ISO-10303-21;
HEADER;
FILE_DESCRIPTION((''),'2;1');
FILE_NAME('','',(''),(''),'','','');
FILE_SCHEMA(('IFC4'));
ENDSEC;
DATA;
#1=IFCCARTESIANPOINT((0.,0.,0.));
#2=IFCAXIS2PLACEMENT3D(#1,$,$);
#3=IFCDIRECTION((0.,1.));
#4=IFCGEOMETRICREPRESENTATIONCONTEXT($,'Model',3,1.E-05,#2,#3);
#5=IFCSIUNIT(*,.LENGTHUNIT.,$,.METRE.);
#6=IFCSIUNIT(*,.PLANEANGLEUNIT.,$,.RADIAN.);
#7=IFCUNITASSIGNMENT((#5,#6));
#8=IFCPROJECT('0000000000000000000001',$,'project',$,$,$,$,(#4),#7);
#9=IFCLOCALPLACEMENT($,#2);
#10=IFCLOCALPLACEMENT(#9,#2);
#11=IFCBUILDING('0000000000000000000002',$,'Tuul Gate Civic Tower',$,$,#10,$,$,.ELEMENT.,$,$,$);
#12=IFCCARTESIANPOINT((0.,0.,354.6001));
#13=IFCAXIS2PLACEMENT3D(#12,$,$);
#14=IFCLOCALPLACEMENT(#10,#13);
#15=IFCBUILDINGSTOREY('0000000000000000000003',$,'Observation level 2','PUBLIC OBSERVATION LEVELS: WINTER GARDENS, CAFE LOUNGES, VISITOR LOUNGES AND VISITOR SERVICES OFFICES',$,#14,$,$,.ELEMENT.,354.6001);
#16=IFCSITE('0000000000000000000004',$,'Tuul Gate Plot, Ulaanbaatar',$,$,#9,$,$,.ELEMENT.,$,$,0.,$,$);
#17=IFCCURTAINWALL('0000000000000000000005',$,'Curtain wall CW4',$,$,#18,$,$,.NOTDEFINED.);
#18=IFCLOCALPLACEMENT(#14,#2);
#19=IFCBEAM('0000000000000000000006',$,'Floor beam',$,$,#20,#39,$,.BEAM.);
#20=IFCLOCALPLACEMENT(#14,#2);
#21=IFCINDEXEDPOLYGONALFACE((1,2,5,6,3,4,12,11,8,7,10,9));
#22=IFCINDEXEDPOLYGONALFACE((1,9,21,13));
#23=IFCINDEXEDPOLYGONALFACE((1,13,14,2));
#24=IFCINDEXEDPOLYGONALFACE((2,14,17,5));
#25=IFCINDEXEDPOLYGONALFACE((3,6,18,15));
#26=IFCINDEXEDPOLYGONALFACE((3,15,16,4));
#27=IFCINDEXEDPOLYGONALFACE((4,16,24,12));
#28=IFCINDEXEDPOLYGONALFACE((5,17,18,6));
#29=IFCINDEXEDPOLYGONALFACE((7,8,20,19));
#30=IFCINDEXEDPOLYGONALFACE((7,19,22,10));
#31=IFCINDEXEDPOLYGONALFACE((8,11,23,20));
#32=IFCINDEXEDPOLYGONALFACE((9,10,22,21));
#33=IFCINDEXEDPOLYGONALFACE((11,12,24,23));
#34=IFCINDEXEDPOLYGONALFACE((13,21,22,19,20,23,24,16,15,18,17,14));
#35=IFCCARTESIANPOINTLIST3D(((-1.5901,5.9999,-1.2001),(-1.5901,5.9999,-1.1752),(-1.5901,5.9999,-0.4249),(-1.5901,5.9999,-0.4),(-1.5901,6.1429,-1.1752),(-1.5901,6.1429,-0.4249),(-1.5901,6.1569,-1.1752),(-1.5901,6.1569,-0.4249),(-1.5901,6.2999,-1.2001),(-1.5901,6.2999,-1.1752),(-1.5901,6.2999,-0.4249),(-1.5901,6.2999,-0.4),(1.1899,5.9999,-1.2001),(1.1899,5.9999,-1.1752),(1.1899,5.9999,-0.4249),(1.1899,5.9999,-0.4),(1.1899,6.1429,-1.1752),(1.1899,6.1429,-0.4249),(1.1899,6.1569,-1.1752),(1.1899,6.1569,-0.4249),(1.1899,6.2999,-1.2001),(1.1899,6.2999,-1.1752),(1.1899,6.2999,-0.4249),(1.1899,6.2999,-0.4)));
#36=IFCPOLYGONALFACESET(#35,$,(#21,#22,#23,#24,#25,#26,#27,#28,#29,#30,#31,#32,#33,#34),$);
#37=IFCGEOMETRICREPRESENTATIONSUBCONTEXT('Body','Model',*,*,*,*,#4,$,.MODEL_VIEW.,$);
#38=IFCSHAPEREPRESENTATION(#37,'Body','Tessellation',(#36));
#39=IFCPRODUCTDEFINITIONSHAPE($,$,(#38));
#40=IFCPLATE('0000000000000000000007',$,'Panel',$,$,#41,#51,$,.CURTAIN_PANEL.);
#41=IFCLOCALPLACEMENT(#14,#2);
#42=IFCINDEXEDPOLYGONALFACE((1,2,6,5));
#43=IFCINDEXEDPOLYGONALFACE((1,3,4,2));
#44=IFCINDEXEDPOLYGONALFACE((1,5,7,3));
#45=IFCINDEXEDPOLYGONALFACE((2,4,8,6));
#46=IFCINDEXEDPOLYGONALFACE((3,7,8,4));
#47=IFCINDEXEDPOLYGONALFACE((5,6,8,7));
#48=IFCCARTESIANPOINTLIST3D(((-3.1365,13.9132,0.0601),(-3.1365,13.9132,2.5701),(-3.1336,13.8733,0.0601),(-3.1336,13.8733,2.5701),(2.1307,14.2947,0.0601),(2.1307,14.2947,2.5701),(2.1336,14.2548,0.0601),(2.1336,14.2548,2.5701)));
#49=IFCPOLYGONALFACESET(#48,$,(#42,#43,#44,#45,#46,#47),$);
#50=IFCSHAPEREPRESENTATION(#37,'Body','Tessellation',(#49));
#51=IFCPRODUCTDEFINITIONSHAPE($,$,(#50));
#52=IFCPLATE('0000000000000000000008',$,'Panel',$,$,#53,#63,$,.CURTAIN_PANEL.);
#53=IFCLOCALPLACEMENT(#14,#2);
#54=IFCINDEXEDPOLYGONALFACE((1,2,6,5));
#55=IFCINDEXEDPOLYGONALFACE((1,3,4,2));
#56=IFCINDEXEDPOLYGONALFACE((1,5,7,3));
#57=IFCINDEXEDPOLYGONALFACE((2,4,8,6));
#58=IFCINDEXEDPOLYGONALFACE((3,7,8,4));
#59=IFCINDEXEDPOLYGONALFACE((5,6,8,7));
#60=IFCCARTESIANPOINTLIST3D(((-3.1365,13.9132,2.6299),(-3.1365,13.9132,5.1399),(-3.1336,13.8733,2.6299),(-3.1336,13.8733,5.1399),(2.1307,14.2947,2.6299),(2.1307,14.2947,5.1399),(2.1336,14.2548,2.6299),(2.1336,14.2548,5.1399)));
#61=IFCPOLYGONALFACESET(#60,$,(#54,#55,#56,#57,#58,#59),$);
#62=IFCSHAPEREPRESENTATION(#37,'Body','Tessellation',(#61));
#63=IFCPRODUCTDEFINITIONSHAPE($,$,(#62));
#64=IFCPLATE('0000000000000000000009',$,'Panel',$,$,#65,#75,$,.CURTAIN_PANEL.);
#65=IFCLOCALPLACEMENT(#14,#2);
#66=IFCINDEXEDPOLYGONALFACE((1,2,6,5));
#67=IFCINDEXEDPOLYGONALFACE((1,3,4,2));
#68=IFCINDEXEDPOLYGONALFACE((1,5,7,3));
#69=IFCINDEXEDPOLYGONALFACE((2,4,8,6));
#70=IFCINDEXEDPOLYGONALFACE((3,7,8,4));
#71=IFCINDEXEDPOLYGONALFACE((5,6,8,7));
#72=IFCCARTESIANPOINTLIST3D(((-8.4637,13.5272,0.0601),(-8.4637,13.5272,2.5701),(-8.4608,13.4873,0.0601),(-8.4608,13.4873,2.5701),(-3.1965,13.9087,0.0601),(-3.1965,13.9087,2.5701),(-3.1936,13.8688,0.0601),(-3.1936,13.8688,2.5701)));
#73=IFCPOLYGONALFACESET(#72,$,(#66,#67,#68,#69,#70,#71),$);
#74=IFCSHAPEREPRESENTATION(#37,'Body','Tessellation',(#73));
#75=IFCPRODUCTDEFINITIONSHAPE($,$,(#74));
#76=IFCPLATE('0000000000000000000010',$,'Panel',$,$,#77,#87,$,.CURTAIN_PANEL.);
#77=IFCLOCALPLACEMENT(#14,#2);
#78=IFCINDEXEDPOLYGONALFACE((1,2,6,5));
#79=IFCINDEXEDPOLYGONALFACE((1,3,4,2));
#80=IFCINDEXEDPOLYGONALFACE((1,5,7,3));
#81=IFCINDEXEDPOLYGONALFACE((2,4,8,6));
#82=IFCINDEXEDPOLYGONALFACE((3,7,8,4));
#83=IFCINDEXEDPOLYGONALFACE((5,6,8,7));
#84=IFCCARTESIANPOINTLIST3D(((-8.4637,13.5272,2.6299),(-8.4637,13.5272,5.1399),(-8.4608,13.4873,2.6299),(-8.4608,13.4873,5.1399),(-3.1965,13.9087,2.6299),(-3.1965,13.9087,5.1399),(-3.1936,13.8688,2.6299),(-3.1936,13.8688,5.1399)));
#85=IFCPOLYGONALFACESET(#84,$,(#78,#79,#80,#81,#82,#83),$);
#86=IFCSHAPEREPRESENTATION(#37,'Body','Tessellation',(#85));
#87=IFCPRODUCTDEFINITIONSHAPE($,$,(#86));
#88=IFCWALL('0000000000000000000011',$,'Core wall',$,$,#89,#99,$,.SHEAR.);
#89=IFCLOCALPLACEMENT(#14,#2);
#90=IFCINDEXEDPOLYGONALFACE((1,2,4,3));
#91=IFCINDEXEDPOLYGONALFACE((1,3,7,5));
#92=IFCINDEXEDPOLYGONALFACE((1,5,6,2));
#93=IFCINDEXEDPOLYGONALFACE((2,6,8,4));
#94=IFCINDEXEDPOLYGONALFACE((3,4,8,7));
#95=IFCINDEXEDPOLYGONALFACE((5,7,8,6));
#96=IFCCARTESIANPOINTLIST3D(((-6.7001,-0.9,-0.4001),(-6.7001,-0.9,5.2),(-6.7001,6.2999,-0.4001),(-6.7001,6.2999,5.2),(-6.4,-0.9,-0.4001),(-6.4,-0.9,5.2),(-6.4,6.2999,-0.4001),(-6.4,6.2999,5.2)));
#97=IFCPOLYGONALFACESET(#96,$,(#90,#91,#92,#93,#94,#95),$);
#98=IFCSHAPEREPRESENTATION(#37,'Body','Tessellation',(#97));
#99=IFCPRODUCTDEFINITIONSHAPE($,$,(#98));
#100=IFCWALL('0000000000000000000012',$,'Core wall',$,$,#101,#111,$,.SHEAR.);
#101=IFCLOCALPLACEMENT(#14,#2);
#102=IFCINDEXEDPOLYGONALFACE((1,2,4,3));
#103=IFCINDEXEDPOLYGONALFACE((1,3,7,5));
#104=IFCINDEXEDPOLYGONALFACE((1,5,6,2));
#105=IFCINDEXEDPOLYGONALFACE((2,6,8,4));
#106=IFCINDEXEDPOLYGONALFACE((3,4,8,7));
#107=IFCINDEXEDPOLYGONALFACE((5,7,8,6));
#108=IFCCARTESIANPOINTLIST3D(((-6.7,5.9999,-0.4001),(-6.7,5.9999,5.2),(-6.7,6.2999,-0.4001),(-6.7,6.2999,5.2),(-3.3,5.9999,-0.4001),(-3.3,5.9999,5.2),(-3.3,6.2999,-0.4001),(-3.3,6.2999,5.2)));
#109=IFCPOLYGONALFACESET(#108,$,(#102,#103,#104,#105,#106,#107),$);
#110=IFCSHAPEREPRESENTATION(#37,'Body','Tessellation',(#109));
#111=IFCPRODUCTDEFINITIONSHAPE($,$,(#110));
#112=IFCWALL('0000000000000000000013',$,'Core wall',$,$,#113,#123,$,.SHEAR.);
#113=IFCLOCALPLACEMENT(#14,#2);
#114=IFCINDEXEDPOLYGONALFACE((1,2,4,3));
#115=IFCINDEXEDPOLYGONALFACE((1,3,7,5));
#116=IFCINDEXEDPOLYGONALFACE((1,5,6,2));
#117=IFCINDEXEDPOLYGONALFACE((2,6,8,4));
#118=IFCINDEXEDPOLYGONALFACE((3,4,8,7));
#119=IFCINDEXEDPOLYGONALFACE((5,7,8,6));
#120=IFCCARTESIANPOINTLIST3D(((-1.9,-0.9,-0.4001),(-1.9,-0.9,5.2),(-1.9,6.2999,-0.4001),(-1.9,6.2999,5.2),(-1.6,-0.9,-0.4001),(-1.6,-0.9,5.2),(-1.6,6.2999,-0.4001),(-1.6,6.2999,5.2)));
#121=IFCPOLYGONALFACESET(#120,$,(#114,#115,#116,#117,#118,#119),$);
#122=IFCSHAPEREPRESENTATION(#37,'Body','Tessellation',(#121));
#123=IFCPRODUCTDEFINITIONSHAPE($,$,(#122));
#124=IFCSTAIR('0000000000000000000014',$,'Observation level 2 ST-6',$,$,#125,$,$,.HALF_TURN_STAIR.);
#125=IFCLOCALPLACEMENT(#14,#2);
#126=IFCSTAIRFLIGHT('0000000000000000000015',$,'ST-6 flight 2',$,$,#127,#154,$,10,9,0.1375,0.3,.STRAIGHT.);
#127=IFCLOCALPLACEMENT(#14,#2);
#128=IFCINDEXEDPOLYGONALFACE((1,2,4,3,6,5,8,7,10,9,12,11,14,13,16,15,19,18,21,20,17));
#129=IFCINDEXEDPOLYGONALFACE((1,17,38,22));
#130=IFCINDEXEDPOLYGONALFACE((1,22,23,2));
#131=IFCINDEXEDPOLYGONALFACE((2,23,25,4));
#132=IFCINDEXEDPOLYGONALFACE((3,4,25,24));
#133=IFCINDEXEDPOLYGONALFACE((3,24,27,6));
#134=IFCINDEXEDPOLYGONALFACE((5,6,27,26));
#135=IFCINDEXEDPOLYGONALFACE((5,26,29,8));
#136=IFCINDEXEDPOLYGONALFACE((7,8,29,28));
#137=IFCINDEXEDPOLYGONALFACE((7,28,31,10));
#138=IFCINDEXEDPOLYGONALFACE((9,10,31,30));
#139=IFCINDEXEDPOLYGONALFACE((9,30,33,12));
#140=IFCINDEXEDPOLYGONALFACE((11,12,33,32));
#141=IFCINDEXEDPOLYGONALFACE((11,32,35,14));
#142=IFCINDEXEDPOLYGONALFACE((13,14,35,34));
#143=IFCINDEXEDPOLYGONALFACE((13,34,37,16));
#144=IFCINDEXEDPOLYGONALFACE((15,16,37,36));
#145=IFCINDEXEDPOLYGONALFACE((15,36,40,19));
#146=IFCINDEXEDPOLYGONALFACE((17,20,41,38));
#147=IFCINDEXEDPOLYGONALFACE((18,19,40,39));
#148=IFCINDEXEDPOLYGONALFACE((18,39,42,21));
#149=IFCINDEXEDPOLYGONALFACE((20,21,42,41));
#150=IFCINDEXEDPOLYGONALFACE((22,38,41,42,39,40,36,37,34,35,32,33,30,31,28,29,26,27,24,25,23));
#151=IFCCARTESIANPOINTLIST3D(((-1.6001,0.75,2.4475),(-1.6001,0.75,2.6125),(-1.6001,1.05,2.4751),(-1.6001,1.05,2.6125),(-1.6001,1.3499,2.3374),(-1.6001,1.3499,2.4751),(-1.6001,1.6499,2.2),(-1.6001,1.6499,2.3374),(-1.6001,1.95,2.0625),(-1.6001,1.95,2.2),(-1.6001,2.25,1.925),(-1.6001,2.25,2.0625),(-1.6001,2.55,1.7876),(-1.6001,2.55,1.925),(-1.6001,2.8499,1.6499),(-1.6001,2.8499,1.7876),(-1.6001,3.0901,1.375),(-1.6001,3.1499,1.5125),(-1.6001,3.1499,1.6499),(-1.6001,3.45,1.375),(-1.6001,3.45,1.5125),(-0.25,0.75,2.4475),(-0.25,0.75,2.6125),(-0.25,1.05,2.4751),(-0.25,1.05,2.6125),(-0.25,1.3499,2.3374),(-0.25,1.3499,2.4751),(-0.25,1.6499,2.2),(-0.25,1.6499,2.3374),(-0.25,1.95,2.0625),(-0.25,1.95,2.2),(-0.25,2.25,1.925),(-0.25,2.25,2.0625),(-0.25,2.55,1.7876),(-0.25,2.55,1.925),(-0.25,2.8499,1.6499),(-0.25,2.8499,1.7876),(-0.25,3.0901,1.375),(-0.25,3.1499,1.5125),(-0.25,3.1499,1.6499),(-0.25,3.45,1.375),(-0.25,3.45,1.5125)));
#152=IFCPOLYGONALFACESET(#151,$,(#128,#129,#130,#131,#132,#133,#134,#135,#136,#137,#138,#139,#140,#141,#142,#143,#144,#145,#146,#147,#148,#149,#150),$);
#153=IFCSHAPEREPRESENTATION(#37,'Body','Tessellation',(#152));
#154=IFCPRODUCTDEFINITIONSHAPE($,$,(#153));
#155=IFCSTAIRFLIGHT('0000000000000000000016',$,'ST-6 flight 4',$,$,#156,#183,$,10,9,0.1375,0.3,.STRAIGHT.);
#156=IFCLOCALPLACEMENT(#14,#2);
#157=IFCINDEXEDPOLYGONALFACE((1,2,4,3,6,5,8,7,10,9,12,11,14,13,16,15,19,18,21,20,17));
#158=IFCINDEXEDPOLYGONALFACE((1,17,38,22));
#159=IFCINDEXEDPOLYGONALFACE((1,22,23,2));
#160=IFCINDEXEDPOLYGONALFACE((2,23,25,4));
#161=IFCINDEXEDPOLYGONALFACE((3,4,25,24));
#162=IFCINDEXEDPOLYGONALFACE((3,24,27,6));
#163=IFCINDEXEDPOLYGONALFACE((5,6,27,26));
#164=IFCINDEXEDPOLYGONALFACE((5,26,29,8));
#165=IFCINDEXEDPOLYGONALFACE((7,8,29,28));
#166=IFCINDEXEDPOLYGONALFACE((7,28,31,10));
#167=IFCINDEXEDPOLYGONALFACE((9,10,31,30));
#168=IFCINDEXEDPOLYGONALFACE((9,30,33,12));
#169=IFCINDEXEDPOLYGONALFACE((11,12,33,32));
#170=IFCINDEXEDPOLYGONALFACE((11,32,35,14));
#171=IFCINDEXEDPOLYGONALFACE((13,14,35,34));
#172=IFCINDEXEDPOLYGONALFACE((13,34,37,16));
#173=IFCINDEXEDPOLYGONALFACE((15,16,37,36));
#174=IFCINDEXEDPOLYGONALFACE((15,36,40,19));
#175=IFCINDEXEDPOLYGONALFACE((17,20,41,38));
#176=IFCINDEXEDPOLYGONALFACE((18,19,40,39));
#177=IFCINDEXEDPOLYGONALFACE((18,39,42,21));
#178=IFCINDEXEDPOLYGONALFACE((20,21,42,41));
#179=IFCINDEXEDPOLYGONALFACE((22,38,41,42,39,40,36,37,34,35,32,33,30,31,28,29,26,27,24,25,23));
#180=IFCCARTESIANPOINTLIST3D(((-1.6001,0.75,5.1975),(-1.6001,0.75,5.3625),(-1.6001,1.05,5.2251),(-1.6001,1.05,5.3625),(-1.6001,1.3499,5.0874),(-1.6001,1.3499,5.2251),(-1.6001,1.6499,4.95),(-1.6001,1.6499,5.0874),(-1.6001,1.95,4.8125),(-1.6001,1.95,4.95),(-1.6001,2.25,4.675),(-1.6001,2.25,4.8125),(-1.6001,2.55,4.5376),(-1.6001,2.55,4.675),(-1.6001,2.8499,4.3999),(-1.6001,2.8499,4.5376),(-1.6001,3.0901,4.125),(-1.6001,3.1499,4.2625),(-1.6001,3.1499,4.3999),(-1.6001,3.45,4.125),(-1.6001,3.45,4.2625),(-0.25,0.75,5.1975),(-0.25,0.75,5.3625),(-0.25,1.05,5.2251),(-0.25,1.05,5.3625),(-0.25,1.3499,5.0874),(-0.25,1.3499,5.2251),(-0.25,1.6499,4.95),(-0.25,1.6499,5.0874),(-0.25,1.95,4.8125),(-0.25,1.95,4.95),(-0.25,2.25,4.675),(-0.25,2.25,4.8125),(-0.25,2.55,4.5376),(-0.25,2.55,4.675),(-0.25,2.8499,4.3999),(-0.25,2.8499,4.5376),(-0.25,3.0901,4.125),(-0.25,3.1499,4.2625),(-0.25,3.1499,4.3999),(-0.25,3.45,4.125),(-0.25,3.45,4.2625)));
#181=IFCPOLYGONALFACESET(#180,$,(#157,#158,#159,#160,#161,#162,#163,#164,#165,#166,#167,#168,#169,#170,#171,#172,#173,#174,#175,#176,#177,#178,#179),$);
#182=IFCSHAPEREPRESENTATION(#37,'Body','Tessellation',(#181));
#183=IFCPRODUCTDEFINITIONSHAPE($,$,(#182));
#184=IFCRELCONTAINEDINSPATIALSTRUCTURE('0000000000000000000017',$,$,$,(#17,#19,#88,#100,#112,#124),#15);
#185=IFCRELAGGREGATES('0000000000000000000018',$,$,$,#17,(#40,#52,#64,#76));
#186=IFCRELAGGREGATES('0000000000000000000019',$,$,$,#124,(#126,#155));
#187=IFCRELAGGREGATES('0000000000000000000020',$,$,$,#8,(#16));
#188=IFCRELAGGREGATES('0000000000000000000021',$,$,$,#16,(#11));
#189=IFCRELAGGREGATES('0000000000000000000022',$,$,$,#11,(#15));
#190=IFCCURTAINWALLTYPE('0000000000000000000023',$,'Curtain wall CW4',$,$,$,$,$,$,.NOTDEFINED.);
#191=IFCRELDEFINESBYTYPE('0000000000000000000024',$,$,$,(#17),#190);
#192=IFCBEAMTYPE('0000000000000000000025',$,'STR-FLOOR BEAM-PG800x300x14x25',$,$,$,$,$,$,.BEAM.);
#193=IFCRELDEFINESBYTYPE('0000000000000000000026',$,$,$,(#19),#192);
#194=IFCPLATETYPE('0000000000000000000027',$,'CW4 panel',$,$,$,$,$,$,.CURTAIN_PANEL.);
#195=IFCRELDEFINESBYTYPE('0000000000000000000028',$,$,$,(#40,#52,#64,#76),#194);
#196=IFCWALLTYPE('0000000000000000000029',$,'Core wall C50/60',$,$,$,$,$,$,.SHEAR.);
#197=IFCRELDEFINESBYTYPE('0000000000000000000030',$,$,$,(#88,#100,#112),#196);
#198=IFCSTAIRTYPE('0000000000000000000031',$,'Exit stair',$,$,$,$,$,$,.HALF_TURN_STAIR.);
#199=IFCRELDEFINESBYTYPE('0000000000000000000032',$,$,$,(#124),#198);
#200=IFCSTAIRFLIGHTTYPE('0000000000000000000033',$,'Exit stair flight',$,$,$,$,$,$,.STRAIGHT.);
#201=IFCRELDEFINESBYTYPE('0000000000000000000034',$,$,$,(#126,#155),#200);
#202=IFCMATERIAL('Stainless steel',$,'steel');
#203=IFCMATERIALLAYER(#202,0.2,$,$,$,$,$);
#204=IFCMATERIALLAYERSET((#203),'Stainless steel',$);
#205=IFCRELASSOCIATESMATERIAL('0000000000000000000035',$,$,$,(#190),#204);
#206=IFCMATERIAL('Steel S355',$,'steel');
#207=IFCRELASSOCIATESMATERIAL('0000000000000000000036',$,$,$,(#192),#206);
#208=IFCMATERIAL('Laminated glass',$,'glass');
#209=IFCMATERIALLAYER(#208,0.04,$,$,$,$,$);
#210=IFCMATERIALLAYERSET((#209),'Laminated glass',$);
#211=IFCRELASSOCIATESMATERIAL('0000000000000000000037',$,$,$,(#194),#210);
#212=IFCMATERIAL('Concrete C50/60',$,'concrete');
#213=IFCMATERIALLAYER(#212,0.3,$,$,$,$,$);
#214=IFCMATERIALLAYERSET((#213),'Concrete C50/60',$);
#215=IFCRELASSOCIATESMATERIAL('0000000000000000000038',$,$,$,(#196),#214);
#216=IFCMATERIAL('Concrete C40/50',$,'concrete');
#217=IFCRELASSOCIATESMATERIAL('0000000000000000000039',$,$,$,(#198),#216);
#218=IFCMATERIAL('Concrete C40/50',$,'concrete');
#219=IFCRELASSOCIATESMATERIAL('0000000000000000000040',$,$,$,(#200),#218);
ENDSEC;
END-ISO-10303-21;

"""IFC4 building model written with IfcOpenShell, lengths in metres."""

from ifc_helpers import new_model, si_unit, direction, frame, frame_2d, origin, origin_2d, place, context, subcontext, project, spatial, polyline, rectangle, i_section, outline, extrude, material, layer, layer_set, material_profile, profile_set, type_object, element, aggregate, save


model = new_model("IFC4")

# Units and contexts
model_context = context("Model", 3, precision=1e-05, world=origin(), true_north=direction((0.0, 1.0)))
body_context = subcontext(model_context, "Body", "Model", "MODEL_VIEW")
ifc_project = project(units=[si_unit("LENGTHUNIT", "METRE"), si_unit("PLANEANGLEUNIT", "RADIAN")], contexts=[model_context])

# Site, building, storey
site_placement = place(None, origin())
site = spatial("IfcSite", under=ifc_project, at=site_placement, Name="Tuul Gate Plot, Ulaanbaatar", CompositionType="ELEMENT", RefElevation=0.0)
building_placement = place(site_placement, origin())
building = spatial("IfcBuilding", under=site, at=building_placement, Name="Tuul Gate Civic Tower", CompositionType="ELEMENT")
storey_placement = place(building_placement, frame((0.0, 0.0, 354.6001)))
storey = spatial("IfcBuildingStorey", under=building, at=storey_placement, Name="Observation level 2", Description="PUBLIC OBSERVATION LEVELS: WINTER GARDENS, CAFE LOUNGES, VISITOR LOUNGES AND VISITOR SERVICES OFFICES", CompositionType="ELEMENT", Elevation=354.6001)

# Curtain wall
ifc_material_1 = material(Name="Stainless steel", Category="steel")
ifc_layer_1 = layer(ifc_material_1, 0.2)
ifc_layer_set_1 = layer_set([ifc_layer_1], Name="Stainless steel")
curtain_wall_type = type_object("IfcCurtainWallType", Name="Curtain wall CW4", PredefinedType="NOTDEFINED", material=ifc_layer_set_1)
curtain_wall_placement = place(storey_placement, origin())
curtain_wall = element("IfcCurtainWall", 1, at=curtain_wall_placement, inside=storey, type_object=curtain_wall_type, Name="Curtain wall CW4", PredefinedType="NOTDEFINED")

# Beam
ifc_material_2 = material(Name="Steel S355", Category="steel")
ifc_material_profile_1 = material_profile(ifc_material_2, i_section(OverallWidth=0.3, OverallDepth=0.8, WebThickness=0.0139, FlangeThickness=0.0249, at=origin_2d()), Name="PG800x300x14x25")
ifc_profile_set_1 = profile_set([ifc_material_profile_1], Name="Steel S355")
beam_type_1 = type_object("IfcBeamType", Name="STR-FLOOR BEAM-PG800x300x14x25", PredefinedType="BEAM", material=ifc_profile_set_1)
beam_1_placement = place(storey_placement, frame((-1.5901, 6.1499, -0.8), z_axis=(1.0, 0.0, 0.0), x_axis=(0.0, 1.0, 0.0)))
element("IfcBeam", 2, at=beam_1_placement, inside=storey, type_object=beam_type_1, Name="Floor beam", PredefinedType="BEAM", context=body_context, shape_type="SweptSolid", body=[
    extrude(i_section(OverallWidth=0.3, OverallDepth=0.8, WebThickness=0.0139, FlangeThickness=0.0249, at=origin_2d()), origin(), (0.0, 0.0, 1.0), 2.78),
])

# Plates
ifc_material_3 = material(Name="Laminated glass", Category="glass")
ifc_layer_2 = layer(ifc_material_3, 0.04)
ifc_layer_set_2 = layer_set([ifc_layer_2], Name="Laminated glass")
plate_type = type_object("IfcPlateType", Name="CW4 panel", PredefinedType="CURTAIN_PANEL", material=ifc_layer_set_2)
plate_1_placement = place(storey_placement, frame((-0.5015, 14.084, 0.0601), z_axis=(0.0, 0.0, 1.0), x_axis=(-0.997387, -0.072239, 0.0)))
plate_1 = element("IfcPlate", 3, at=plate_1_placement, type_object=plate_type, Name="Panel", PredefinedType="CURTAIN_PANEL", context=body_context, shape_type="SweptSolid", body=[
    extrude(rectangle(XDim=5.281, YDim=0.04, at=origin_2d()), origin(), (0.0, 0.0, 1.0), 2.51),
])
plate_2_placement = place(storey_placement, frame((-0.5015, 14.084, 2.6299), z_axis=(0.0, 0.0, 1.0), x_axis=(-0.997387, -0.072239, 0.0)))
plate_2 = element("IfcPlate", 4, at=plate_2_placement, type_object=plate_type, Name="Panel", PredefinedType="CURTAIN_PANEL", context=body_context, shape_type="SweptSolid", body=[
    extrude(rectangle(XDim=5.281, YDim=0.04, at=origin_2d()), origin(), (0.0, 0.0, 1.0), 2.51),
])
plate_3_placement = place(storey_placement, frame((-5.8286, 13.698, 0.0601), z_axis=(0.0, 0.0, 1.0), x_axis=(-0.997387, -0.072239, 0.0)))
plate_3 = element("IfcPlate", 5, at=plate_3_placement, type_object=plate_type, Name="Panel", PredefinedType="CURTAIN_PANEL", context=body_context, shape_type="SweptSolid", body=[
    extrude(rectangle(XDim=5.281, YDim=0.04, at=origin_2d()), origin(), (0.0, 0.0, 1.0), 2.51),
])
plate_4_placement = place(storey_placement, frame((-5.8286, 13.698, 2.6299), z_axis=(0.0, 0.0, 1.0), x_axis=(-0.997387, -0.072239, 0.0)))
plate_4 = element("IfcPlate", 6, at=plate_4_placement, type_object=plate_type, Name="Panel", PredefinedType="CURTAIN_PANEL", context=body_context, shape_type="SweptSolid", body=[
    extrude(rectangle(XDim=5.281, YDim=0.04, at=origin_2d()), origin(), (0.0, 0.0, 1.0), 2.51),
])
aggregate(curtain_wall, [plate_1, plate_2, plate_3, plate_4])

# Walls
ifc_material_4 = material(Name="Concrete C50/60", Category="concrete")
ifc_layer_3 = layer(ifc_material_4, 0.3)
ifc_layer_set_3 = layer_set([ifc_layer_3], Name="Concrete C50/60")
wall_type = type_object("IfcWallType", Name="Core wall C50/60", PredefinedType="SHEAR", material=ifc_layer_set_3)
wall_1_placement = place(storey_placement, frame((-6.55, 6.3, -0.4001), z_axis=(0.0, 0.0, 1.0), x_axis=(0.0, -1.0, 0.0)))
element("IfcWall", 7, at=wall_1_placement, inside=storey, type_object=wall_type, Name="Core wall", PredefinedType="SHEAR", context=body_context, shape_type="SweptSolid", body=[
    extrude(rectangle(XDim=7.2, YDim=0.3, at=frame_2d((3.6001, 0.0))), origin(), (0.0, 0.0, 1.0), 5.6001),
])
wall_2_placement = place(storey_placement, frame((-3.3, 6.1499, -0.4001), z_axis=(0.0, 0.0, 1.0), x_axis=(-1.0, 0.0, 0.0)))
element("IfcWall", 8, at=wall_2_placement, inside=storey, type_object=wall_type, Name="Core wall", PredefinedType="SHEAR", context=body_context, shape_type="SweptSolid", body=[
    extrude(rectangle(XDim=3.3999, YDim=0.3, at=frame_2d((1.7, 0.0))), origin(), (0.0, 0.0, 1.0), 5.6001),
])
wall_3_placement = place(storey_placement, frame((-1.75, 6.3, -0.4001), z_axis=(0.0, 0.0, 1.0), x_axis=(0.0, -1.0, 0.0)))
element("IfcWall", 9, at=wall_3_placement, inside=storey, type_object=wall_type, Name="Core wall", PredefinedType="SHEAR", context=body_context, shape_type="SweptSolid", body=[
    extrude(rectangle(XDim=7.2, YDim=0.3, at=frame_2d((3.6001, 0.0))), origin(), (0.0, 0.0, 1.0), 5.6001),
])

# Stair, stair flights
ifc_material_5 = material(Name="Concrete C40/50", Category="concrete")
stair_type = type_object("IfcStairType", Name="Exit stair", PredefinedType="HALF_TURN_STAIR", material=ifc_material_5)
stair_placement = place(storey_placement, origin())
stair = element("IfcStair", 10, at=stair_placement, inside=storey, type_object=stair_type, Name="Observation level 2 ST-6", PredefinedType="HALF_TURN_STAIR")
ifc_material_6 = material(Name="Concrete C40/50", Category="concrete")
stair_flight_type = type_object("IfcStairFlightType", Name="Exit stair flight", PredefinedType="STRAIGHT", material=ifc_material_6)
stair_flight_1_placement = place(storey_placement, frame((-0.925, 3.45, 1.375), z_axis=(0.0, 0.0, 1.0), x_axis=(0.0, -1.0, 0.0)))
stair_flight_1 = element("IfcStairFlight", 11, at=stair_flight_1_placement, type_object=stair_flight_type, Name="ST-6 flight 2", NumberOfRisers=10, NumberOfTreads=9, PredefinedType="STRAIGHT", RiserHeight=0.1375, TreadLength=0.3, context=body_context, shape_type="SweptSolid", body=[
    extrude(outline(polyline([(0.0, 0.0), (0.0, 0.1375), (0.3, 0.1375), (0.3, 0.2749), (0.6001, 0.2749), (0.6001, 0.4126), (0.8999, 0.4126), (0.8999, 0.55), (1.2, 0.55), (1.2, 0.6875), (1.5, 0.6875), (1.5, 0.825), (1.8, 0.825), (1.8, 0.9624), (2.1001, 0.9624), (2.1001, 1.1001), (2.3999, 1.1001), (2.3999, 1.2375), (2.7, 1.2375), (2.7, 1.375), (2.7, 1.0725), (0.3599, 0.0), (0.0, 0.0)])), frame((0.0, 0.675, 0.0), z_axis=(0.0, -1.0, 0.0), x_axis=(1.0, 0.0, 0.0)), (0.0, 0.0, 1.0), 1.3501),
])
stair_flight_2_placement = place(storey_placement, frame((-0.925, 3.45, 4.125), z_axis=(0.0, 0.0, 1.0), x_axis=(0.0, -1.0, 0.0)))
stair_flight_2 = element("IfcStairFlight", 12, at=stair_flight_2_placement, type_object=stair_flight_type, Name="ST-6 flight 4", NumberOfRisers=10, NumberOfTreads=9, PredefinedType="STRAIGHT", RiserHeight=0.1375, TreadLength=0.3, context=body_context, shape_type="SweptSolid", body=[
    extrude(outline(polyline([(0.0, 0.0), (0.0, 0.1375), (0.3, 0.1375), (0.3, 0.2749), (0.6001, 0.2749), (0.6001, 0.4126), (0.8999, 0.4126), (0.8999, 0.55), (1.2, 0.55), (1.2, 0.6875), (1.5, 0.6875), (1.5, 0.825), (1.8, 0.825), (1.8, 0.9624), (2.1001, 0.9624), (2.1001, 1.1001), (2.3999, 1.1001), (2.3999, 1.2375), (2.7, 1.2375), (2.7, 1.375), (2.7, 1.0725), (0.3599, 0.0), (0.0, 0.0)])), frame((0.0, 0.675, 0.0), z_axis=(0.0, -1.0, 0.0), x_axis=(1.0, 0.0, 0.0)), (0.0, 0.0, 1.0), 1.3501),
])
aggregate(stair, [stair_flight_1, stair_flight_2])

save(model, "model.ifc")
